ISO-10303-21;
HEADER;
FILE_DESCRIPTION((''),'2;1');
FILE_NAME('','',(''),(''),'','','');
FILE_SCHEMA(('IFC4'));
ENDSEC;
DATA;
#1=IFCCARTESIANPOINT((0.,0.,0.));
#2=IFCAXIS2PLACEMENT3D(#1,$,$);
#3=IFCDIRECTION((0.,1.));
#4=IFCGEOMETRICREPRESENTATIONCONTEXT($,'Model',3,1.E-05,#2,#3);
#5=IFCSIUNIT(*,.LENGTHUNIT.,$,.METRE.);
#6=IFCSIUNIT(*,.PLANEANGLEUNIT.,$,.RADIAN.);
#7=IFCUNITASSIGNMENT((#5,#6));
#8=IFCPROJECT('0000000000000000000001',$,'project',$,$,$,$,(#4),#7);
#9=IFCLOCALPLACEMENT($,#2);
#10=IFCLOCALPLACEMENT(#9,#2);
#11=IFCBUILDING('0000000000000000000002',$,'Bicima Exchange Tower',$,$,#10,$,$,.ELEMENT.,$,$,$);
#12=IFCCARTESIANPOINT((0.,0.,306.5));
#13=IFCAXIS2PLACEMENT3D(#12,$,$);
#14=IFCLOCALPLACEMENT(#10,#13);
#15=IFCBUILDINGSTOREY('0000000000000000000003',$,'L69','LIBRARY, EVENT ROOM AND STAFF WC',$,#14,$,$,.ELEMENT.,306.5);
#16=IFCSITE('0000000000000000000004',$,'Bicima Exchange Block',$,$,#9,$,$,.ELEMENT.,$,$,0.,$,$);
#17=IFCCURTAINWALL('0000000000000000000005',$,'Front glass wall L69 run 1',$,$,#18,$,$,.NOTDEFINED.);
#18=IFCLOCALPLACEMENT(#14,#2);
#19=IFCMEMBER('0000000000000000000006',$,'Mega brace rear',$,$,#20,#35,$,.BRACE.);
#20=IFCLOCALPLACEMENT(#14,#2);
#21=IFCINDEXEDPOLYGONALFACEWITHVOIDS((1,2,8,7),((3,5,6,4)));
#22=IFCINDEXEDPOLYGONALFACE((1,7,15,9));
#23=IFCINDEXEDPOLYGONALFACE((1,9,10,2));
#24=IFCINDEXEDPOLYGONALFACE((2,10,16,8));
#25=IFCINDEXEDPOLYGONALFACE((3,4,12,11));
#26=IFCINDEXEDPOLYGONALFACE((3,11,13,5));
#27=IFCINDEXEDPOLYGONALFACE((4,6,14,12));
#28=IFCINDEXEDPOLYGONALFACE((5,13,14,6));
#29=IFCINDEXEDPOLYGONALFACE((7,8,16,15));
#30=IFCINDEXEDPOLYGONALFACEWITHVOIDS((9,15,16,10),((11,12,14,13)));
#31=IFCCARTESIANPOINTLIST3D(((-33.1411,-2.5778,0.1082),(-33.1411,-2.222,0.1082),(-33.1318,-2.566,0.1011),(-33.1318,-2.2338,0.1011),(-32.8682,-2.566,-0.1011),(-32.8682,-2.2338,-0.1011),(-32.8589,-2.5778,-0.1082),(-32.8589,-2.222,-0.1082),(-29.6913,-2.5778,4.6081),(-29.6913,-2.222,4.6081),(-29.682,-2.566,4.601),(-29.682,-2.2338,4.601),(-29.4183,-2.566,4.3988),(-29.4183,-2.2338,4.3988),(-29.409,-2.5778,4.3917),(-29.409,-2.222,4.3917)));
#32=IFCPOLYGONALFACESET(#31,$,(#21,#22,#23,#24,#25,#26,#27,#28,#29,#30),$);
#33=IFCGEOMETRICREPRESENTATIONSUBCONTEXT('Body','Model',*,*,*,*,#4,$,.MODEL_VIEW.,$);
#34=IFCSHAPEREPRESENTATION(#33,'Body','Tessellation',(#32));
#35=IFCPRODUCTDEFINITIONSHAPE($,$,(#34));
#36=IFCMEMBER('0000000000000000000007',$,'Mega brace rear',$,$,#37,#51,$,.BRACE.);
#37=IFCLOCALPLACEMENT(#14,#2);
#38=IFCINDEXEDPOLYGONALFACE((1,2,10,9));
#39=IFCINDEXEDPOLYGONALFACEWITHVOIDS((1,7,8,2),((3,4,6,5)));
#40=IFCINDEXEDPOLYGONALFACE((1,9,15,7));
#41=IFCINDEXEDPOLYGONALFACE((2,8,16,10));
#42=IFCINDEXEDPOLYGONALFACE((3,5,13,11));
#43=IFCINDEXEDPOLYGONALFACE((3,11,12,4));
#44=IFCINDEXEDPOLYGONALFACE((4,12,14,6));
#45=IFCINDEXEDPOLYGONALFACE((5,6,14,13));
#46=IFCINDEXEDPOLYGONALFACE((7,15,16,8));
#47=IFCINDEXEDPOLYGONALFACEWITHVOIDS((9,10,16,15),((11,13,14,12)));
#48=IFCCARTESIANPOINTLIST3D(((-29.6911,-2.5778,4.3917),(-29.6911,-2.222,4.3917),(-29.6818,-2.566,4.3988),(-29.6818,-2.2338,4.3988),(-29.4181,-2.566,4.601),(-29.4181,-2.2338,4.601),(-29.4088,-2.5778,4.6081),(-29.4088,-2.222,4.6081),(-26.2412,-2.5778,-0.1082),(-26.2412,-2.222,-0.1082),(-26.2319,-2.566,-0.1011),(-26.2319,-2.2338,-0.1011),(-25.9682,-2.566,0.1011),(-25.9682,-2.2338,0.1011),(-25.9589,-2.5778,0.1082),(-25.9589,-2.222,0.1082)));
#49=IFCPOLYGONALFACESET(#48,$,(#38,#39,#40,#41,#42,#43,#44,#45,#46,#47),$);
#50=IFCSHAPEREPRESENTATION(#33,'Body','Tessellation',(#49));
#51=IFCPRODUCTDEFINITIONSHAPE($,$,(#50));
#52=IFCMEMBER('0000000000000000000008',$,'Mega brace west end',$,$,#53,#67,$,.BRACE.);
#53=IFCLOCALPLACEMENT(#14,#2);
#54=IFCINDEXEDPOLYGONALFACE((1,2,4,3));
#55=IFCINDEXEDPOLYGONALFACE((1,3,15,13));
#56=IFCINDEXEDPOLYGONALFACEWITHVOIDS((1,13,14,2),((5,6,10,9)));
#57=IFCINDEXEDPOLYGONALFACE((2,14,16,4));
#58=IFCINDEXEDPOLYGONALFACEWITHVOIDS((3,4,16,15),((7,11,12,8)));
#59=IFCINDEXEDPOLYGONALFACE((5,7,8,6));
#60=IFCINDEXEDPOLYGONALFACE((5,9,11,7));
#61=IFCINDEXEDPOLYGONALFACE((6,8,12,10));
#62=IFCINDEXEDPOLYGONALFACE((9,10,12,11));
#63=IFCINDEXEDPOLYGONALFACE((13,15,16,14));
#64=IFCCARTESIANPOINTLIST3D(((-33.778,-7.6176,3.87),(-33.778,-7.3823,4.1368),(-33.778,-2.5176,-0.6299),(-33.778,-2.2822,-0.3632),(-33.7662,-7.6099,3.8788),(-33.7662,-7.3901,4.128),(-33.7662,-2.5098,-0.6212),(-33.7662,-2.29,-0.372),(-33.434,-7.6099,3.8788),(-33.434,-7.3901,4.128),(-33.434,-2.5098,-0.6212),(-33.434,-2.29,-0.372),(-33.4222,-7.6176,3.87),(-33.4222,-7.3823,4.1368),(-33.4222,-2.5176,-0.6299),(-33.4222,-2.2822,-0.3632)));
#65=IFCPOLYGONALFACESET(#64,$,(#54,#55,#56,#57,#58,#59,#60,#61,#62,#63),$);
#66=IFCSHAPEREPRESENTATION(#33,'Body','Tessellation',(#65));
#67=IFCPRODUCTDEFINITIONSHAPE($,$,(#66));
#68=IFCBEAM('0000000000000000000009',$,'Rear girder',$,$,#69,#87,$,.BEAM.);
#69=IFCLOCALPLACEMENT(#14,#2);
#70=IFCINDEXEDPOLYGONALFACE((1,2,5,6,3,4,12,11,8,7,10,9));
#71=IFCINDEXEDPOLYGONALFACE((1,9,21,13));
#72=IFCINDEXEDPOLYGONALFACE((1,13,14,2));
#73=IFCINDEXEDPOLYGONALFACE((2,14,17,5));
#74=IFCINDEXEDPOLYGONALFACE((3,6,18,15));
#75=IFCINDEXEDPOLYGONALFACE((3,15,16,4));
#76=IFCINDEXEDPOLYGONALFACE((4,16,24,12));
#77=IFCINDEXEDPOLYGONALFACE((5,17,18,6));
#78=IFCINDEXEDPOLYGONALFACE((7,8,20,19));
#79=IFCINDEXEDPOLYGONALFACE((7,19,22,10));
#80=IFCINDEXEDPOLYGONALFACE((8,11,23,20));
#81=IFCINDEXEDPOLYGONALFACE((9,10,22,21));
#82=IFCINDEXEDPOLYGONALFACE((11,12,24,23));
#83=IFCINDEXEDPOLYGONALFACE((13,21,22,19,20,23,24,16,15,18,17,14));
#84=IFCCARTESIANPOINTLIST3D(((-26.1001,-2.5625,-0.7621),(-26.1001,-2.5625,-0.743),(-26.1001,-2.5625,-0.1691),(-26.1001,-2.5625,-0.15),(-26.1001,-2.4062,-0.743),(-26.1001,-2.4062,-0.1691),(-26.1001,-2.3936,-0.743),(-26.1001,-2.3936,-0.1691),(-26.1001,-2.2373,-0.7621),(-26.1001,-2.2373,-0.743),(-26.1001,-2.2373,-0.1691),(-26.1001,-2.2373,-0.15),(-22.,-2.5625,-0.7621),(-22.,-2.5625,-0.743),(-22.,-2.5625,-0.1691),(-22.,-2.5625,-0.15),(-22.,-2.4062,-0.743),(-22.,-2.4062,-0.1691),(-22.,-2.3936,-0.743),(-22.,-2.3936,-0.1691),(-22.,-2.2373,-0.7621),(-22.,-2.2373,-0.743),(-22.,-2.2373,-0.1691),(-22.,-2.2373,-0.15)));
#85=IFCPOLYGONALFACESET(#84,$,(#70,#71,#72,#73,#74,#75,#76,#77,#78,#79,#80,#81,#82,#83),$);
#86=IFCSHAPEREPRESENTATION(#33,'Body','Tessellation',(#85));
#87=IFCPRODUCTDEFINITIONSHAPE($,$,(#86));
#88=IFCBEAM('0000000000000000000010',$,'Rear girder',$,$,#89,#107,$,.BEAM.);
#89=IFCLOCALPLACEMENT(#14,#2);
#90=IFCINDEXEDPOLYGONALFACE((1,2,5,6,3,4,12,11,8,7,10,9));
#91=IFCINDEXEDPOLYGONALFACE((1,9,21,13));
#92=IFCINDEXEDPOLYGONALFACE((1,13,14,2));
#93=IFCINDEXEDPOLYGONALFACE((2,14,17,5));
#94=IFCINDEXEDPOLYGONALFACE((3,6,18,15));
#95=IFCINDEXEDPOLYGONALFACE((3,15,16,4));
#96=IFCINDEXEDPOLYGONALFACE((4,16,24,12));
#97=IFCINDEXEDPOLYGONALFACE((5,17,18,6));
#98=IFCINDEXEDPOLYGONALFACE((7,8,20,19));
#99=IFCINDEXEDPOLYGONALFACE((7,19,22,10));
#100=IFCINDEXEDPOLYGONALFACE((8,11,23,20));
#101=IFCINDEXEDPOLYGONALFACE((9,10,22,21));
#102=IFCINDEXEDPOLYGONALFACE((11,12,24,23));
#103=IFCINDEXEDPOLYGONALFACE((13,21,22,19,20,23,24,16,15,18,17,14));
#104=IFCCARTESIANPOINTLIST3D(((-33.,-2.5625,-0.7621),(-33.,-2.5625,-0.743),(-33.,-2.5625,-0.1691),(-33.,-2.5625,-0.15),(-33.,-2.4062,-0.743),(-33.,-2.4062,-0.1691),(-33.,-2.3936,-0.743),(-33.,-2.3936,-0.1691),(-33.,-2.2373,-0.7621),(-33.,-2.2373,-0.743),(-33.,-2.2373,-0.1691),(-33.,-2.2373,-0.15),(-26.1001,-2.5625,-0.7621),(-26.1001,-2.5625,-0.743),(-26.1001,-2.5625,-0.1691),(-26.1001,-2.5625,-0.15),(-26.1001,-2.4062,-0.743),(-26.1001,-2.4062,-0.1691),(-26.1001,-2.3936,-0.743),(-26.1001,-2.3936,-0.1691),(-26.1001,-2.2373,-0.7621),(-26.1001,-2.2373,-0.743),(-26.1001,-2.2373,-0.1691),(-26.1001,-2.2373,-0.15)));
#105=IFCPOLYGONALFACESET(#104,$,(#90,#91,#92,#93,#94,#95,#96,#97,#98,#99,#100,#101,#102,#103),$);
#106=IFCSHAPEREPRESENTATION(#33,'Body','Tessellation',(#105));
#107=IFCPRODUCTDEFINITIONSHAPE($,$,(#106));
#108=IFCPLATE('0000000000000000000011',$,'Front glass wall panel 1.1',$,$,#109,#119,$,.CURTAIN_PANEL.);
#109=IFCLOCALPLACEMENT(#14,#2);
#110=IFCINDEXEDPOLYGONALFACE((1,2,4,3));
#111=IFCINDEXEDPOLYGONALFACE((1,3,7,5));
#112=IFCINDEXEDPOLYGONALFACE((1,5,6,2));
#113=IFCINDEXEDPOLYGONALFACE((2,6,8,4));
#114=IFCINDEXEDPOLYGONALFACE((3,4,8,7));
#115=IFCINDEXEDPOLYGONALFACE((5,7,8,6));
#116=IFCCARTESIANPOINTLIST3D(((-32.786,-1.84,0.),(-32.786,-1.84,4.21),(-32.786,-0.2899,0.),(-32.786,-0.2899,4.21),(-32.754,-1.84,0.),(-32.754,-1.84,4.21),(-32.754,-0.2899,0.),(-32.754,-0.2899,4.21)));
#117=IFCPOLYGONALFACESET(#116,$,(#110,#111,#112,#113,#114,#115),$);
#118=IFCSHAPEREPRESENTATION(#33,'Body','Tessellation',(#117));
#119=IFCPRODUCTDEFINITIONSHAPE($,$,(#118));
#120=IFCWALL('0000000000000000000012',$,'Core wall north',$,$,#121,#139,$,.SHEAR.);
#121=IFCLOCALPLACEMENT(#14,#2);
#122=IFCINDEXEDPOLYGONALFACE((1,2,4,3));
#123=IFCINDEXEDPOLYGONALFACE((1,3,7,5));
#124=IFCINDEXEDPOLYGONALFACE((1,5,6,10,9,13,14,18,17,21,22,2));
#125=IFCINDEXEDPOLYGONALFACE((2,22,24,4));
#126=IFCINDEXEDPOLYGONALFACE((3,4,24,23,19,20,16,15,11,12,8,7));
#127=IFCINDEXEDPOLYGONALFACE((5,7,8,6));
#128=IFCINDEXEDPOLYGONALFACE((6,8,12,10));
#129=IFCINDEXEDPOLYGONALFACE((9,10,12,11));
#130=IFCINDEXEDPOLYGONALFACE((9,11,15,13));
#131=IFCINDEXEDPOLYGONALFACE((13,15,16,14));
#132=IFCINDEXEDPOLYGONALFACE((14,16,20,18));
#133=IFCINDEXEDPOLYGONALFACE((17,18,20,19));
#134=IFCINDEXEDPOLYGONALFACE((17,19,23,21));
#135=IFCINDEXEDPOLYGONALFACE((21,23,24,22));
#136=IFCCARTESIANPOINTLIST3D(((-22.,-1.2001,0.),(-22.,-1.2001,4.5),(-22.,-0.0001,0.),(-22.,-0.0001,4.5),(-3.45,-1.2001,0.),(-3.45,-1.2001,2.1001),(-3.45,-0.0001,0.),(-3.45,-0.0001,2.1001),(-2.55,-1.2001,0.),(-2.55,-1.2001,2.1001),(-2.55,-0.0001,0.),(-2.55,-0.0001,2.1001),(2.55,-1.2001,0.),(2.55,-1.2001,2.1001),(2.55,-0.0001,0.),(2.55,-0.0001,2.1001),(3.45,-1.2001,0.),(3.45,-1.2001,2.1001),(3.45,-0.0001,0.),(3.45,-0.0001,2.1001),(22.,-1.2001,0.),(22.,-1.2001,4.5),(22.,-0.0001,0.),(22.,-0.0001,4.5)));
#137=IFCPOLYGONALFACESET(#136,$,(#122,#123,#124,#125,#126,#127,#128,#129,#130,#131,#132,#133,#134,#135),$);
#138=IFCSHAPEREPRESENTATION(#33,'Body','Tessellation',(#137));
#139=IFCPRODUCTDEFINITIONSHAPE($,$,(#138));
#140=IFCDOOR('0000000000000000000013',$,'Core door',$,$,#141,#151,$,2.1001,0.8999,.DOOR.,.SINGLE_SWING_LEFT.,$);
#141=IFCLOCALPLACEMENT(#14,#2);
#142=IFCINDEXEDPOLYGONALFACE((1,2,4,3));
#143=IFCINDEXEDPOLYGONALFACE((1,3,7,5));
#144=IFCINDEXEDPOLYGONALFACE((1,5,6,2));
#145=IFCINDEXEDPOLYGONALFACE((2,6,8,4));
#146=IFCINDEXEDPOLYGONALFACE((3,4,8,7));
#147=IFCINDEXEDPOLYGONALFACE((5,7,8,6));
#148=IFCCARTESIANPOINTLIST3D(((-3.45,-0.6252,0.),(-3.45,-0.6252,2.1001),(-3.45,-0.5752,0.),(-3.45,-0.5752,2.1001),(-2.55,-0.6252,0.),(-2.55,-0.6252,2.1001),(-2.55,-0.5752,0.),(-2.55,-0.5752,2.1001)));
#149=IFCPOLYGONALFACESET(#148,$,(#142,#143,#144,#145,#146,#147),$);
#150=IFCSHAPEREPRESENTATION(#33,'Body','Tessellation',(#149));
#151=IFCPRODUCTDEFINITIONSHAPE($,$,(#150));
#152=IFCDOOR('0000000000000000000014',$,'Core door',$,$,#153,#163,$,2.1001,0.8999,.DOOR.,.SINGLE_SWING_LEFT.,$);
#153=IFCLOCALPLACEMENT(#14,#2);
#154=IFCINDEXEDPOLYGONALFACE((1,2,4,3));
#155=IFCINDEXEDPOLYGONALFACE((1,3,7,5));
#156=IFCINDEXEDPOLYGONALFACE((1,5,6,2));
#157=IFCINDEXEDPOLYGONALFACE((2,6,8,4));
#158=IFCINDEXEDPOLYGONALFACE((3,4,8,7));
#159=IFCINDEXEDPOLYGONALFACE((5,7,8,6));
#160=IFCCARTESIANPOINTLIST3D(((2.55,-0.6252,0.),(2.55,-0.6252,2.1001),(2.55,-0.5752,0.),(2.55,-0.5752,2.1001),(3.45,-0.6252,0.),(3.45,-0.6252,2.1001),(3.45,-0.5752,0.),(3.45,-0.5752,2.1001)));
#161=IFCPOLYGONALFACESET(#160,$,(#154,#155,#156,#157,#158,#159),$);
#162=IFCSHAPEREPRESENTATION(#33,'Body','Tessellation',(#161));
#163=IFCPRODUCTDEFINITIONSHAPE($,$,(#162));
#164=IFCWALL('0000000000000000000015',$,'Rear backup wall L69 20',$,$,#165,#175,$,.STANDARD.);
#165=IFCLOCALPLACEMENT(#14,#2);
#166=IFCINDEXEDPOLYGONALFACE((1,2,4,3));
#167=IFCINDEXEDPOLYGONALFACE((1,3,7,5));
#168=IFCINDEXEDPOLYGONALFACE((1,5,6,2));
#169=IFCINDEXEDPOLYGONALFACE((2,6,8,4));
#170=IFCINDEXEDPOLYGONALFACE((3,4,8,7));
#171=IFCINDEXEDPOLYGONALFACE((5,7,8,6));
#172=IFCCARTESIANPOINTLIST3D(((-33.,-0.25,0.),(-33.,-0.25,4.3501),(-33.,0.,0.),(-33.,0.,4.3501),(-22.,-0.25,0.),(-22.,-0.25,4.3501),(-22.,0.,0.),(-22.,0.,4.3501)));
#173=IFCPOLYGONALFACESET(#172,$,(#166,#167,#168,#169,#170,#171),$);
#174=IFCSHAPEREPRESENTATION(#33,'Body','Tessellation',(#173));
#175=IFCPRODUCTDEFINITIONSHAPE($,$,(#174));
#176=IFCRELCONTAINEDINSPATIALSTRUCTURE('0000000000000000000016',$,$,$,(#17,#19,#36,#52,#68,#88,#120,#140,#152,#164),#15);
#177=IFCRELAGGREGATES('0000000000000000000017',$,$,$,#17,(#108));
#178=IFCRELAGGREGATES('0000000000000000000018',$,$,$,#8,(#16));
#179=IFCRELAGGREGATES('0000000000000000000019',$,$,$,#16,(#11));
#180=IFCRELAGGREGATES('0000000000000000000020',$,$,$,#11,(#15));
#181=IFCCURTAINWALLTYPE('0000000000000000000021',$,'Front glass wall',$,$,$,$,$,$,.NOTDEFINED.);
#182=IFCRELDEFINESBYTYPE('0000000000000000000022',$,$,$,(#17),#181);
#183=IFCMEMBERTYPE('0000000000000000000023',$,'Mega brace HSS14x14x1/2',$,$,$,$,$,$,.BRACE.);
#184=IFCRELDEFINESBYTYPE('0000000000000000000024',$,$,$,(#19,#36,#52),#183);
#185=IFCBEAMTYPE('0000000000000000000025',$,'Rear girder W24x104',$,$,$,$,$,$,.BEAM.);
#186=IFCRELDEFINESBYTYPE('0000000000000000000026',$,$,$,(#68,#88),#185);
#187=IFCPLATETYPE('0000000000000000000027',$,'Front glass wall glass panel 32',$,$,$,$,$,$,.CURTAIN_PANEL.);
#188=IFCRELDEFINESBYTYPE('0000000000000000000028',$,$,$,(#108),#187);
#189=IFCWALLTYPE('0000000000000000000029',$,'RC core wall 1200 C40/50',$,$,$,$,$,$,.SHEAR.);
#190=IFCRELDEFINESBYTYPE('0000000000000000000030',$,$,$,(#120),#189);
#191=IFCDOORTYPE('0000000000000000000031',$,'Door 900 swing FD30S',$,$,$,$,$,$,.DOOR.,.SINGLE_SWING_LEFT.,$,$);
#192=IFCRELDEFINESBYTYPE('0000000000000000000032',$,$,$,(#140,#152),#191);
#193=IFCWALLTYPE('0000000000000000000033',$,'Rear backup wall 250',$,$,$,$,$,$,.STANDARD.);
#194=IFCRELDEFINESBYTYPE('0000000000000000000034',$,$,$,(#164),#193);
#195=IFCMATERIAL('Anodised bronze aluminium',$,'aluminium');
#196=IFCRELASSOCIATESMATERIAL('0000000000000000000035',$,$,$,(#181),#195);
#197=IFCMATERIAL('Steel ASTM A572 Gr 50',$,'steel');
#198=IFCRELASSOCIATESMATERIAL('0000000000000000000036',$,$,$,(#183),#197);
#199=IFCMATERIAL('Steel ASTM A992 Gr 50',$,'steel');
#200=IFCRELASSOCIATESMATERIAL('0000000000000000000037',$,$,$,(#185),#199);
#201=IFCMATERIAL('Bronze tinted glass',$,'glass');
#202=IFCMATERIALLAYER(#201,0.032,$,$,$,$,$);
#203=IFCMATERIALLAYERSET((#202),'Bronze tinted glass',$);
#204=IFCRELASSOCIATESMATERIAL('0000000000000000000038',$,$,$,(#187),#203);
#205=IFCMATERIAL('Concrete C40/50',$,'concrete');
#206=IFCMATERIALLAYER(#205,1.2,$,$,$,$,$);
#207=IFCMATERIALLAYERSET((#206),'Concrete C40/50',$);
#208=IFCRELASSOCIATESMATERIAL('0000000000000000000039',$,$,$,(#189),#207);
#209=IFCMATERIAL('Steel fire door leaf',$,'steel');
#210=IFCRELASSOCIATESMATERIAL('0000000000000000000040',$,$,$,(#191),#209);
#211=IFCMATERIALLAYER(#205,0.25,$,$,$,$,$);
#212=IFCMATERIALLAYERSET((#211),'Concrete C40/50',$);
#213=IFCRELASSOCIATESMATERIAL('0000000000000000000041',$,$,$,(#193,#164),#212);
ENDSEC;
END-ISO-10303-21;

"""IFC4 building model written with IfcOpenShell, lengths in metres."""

from ifc_helpers import new_model, si_unit, direction, frame, frame_2d, origin, origin_2d, place, context, subcontext, project, spatial, rectangle, hollow_rectangle, i_section, extrude, material, layer, layer_set, layer_usage, material_profile, profile_set, type_object, element, fill, aggregate, save


model = new_model("IFC4")

# Units and contexts
model_context = context("Model", 3, precision=1e-05, world=origin(), true_north=direction((0.0, 1.0)))
body_context = subcontext(model_context, "Body", "Model", "MODEL_VIEW")
ifc_project = project(units=[si_unit("LENGTHUNIT", "METRE"), si_unit("PLANEANGLEUNIT", "RADIAN")], contexts=[model_context])

# Site, building, storey
site_placement = place(None, origin())
site = spatial("IfcSite", under=ifc_project, at=site_placement, Name="Bicima Exchange Block", CompositionType="ELEMENT", RefElevation=0.0)
building_placement = place(site_placement, origin())
building = spatial("IfcBuilding", under=site, at=building_placement, Name="Bicima Exchange Tower", CompositionType="ELEMENT")
storey_placement = place(building_placement, frame((0.0, 0.0, 306.5)))
storey = spatial("IfcBuildingStorey", under=building, at=storey_placement, Name="L69", Description="LIBRARY, EVENT ROOM AND STAFF WC", CompositionType="ELEMENT", Elevation=306.5)

# Shared definitions
ifc_material_1 = material(Name="Steel ASTM A572 Gr 50", Category="steel")
ifc_material_2 = material(Name="Steel ASTM A992 Gr 50", Category="steel")

# Curtain wall
ifc_material_3 = material(Name="Anodised bronze aluminium", Category="aluminium")
curtain_wall_type = type_object("IfcCurtainWallType", Name="Front glass wall", PredefinedType="NOTDEFINED", material=ifc_material_3)
curtain_wall_placement = place(storey_placement, origin())
curtain_wall = element("IfcCurtainWall", 1, at=curtain_wall_placement, inside=storey, type_object=curtain_wall_type, Name="Front glass wall L69 run 1", PredefinedType="NOTDEFINED")

# Members
ifc_material_profile_1 = material_profile(ifc_material_1, hollow_rectangle(XDim=0.3557, YDim=0.3557, WallThickness=0.0117, at=origin_2d()))
ifc_profile_set_1 = profile_set([ifc_material_profile_1], Name="Steel ASTM A572 Gr 50")
member_type_1 = type_object("IfcMemberType", Name="Mega brace HSS14x14x1/2", PredefinedType="BRACE", material=ifc_profile_set_1)
for number, where, z_axis, x_axis, name in (
    (2, (-33.0, -2.3999, 0.0), (0.608426, 0.0, 0.793611), (0.0, 1.0, 0.0), "Mega brace rear"),
    (3, (-26.1001, -2.3999, 0.0), (-0.608426, 0.0, 0.793611), (0.0, -1.0, 0.0), "Mega brace rear"),
):
    element("IfcMember", number, at=place(storey_placement, frame(where, z_axis=z_axis, x_axis=x_axis)), inside=storey, type_object=member_type_1, Name=name, PredefinedType="BRACE", context=body_context, shape_type="SweptSolid", body=[
        extrude(hollow_rectangle(XDim=0.3557, YDim=0.3557, WallThickness=0.0117, at=origin_2d()), origin(), (0.0, 0.0, 1.0), 5.6702),
    ])
member_1_placement = place(storey_placement, frame((-33.6001, -2.3999, -0.4966), z_axis=(0.0, -0.749844, 0.661615), x_axis=(1.0, 0.0, 0.0)))
element("IfcMember", 4, at=member_1_placement, inside=storey, type_object=member_type_1, Name="Mega brace west end", PredefinedType="BRACE", context=body_context, shape_type="SweptSolid", body=[
    extrude(hollow_rectangle(XDim=0.3557, YDim=0.3557, WallThickness=0.0117, at=origin_2d()), origin(), (0.0, 0.0, 1.0), 6.8015),
])

# Beams
ifc_material_profile_2 = material_profile(ifc_material_2, i_section(OverallWidth=0.3252, OverallDepth=0.6121, WebThickness=0.0127, FlangeThickness=0.019, at=origin_2d()))
ifc_profile_set_2 = profile_set([ifc_material_profile_2], Name="Steel ASTM A992 Gr 50")
beam_type_1 = type_object("IfcBeamType", Name="Rear girder W24x104", PredefinedType="BEAM", material=ifc_profile_set_2)
beam_1_placement = place(storey_placement, frame((-22.0, -2.3999, -0.4561), z_axis=(-1.0, 0.0, 0.0), x_axis=(0.0, -1.0, 0.0)))
element("IfcBeam", 5, at=beam_1_placement, inside=storey, type_object=beam_type_1, Name="Rear girder", PredefinedType="BEAM", context=body_context, shape_type="SweptSolid", body=[
    extrude(i_section(OverallWidth=0.3252, OverallDepth=0.6121, WebThickness=0.0127, FlangeThickness=0.019, at=origin_2d()), origin(), (0.0, 0.0, 1.0), 4.1001),
])
beam_2_placement = place(storey_placement, frame((-26.1001, -2.3999, -0.4561), z_axis=(-1.0, 0.0, 0.0), x_axis=(0.0, -1.0, 0.0)))
element("IfcBeam", 6, at=beam_2_placement, inside=storey, type_object=beam_type_1, Name="Rear girder", PredefinedType="BEAM", context=body_context, shape_type="SweptSolid", body=[
    extrude(i_section(OverallWidth=0.3252, OverallDepth=0.6121, WebThickness=0.0127, FlangeThickness=0.019, at=origin_2d()), origin(), (0.0, 0.0, 1.0), 6.8999),
])

# Plate
ifc_material_4 = material(Name="Bronze tinted glass", Category="glass")
ifc_layer_1 = layer(ifc_material_4, 0.032)
ifc_layer_set_1 = layer_set([ifc_layer_1], Name="Bronze tinted glass")
plate_type = type_object("IfcPlateType", Name="Front glass wall glass panel 32", PredefinedType="CURTAIN_PANEL", material=ifc_layer_set_1)
plate_placement = place(storey_placement, frame((-32.77, -1.0649, 0.0), z_axis=(0.0, 0.0, 1.0), x_axis=(0.0, -1.0, 0.0)))
plate = element("IfcPlate", 7, at=plate_placement, type_object=plate_type, Name="Front glass wall panel 1.1", PredefinedType="CURTAIN_PANEL", context=body_context, shape_type="SweptSolid", body=[
    extrude(rectangle(XDim=1.55, YDim=0.032, at=origin_2d()), origin(), (0.0, 0.0, 1.0), 4.21),
])
aggregate(curtain_wall, [plate])

# Wall, openings, doors
ifc_material_5 = material(Name="Concrete C40/50", Category="concrete")
ifc_layer_2 = layer(ifc_material_5, 1.2)
ifc_layer_set_2 = layer_set([ifc_layer_2], Name="Concrete C40/50")
wall_type_1 = type_object("IfcWallType", Name="RC core wall 1200 C40/50", PredefinedType="SHEAR", material=ifc_layer_set_2)
wall_1_placement = place(storey_placement, frame((-22.0, -0.6001, 0.0), z_axis=(0.0, 0.0, 1.0), x_axis=(1.0, 0.0, 0.0)))
wall_1 = element("IfcWall", 8, at=wall_1_placement, inside=storey, type_object=wall_type_1, Name="Core wall north", PredefinedType="SHEAR", context=body_context, shape_type="SweptSolid", body=[
    extrude(rectangle(XDim=44.0, YDim=1.2, at=frame_2d((22.0, 0.0))), origin(), (0.0, 0.0, 1.0), 4.5),
])
opening_1_placement = place(wall_1_placement, frame((18.55, 0.0, 0.0)))
opening_1 = element("IfcOpeningElement", 9, at=opening_1_placement, cuts=wall_1, PredefinedType="OPENING", context=body_context, shape_type="SweptSolid", body=[
    extrude(rectangle(XDim=0.8999, YDim=2.1001, at=frame_2d((0.45, 1.05))), frame((0.0, 0.6118, 0.0), z_axis=(0.0, -1.0, 0.0), x_axis=(1.0, 0.0, 0.0)), (0.0, 0.0, 1.0), 1.2239),
])
opening_2_placement = place(wall_1_placement, frame((24.55, 0.0, 0.0)))
opening_2 = element("IfcOpeningElement", 10, at=opening_2_placement, cuts=wall_1, PredefinedType="OPENING", context=body_context, shape_type="SweptSolid", body=[
    extrude(rectangle(XDim=0.8999, YDim=2.1001, at=frame_2d((0.45, 1.05))), frame((0.0, 0.6118, 0.0), z_axis=(0.0, -1.0, 0.0), x_axis=(1.0, 0.0, 0.0)), (0.0, 0.0, 1.0), 1.2239),
])
ifc_material_6 = material(Name="Steel fire door leaf", Category="steel")
door_type = type_object("IfcDoorType", Name="Door 900 swing FD30S", OperationType="SINGLE_SWING_LEFT", PredefinedType="DOOR", material=ifc_material_6)
door_1_placement = place(opening_1_placement, origin())
door_1 = element("IfcDoor", 11, at=door_1_placement, inside=storey, type_object=door_type, Name="Core door", OperationType="SINGLE_SWING_LEFT", OverallHeight=2.1001, OverallWidth=0.8999, PredefinedType="DOOR", context=body_context, shape_type="SweptSolid", body=[
    extrude(rectangle(XDim=0.8999, YDim=2.1001, at=frame_2d((0.45, 1.05))), frame((0.0, 0.0249, 0.0), z_axis=(0.0, -1.0, 0.0), x_axis=(1.0, 0.0, 0.0)), (0.0, 0.0, 1.0), 0.05),
])
fill(opening_1, door_1)
door_2_placement = place(opening_2_placement, origin())
door_2 = element("IfcDoor", 12, at=door_2_placement, inside=storey, type_object=door_type, Name="Core door", OperationType="SINGLE_SWING_LEFT", OverallHeight=2.1001, OverallWidth=0.8999, PredefinedType="DOOR", context=body_context, shape_type="SweptSolid", body=[
    extrude(rectangle(XDim=0.8999, YDim=2.1001, at=frame_2d((0.45, 1.05))), frame((0.0, 0.0249, 0.0), z_axis=(0.0, -1.0, 0.0), x_axis=(1.0, 0.0, 0.0)), (0.0, 0.0, 1.0), 0.05),
])
fill(opening_2, door_2)

# Wall
ifc_layer_3 = layer(ifc_material_5, 0.25)
ifc_layer_set_3 = layer_set([ifc_layer_3], Name="Concrete C40/50")
ifc_layer_usage = layer_usage(ifc_layer_set_3, "AXIS2", "POSITIVE", -0.125)
wall_type_2 = type_object("IfcWallType", Name="Rear backup wall 250", PredefinedType="STANDARD", material=ifc_layer_set_3)
wall_2_placement = place(storey_placement, frame((-22.0, -0.125, 0.0), z_axis=(0.0, 0.0, 1.0), x_axis=(-1.0, 0.0, 0.0)))
element("IfcWall", 13, at=wall_2_placement, inside=storey, type_object=wall_type_2, material=ifc_layer_usage, Name="Rear backup wall L69 20", PredefinedType="STANDARD", context=body_context, shape_type="SweptSolid", body=[
    extrude(rectangle(XDim=11.0, YDim=0.25, at=frame_2d((5.5, 0.0))), origin(), (0.0, 0.0, 1.0), 4.3501),
])

save(model, "model.ifc")
